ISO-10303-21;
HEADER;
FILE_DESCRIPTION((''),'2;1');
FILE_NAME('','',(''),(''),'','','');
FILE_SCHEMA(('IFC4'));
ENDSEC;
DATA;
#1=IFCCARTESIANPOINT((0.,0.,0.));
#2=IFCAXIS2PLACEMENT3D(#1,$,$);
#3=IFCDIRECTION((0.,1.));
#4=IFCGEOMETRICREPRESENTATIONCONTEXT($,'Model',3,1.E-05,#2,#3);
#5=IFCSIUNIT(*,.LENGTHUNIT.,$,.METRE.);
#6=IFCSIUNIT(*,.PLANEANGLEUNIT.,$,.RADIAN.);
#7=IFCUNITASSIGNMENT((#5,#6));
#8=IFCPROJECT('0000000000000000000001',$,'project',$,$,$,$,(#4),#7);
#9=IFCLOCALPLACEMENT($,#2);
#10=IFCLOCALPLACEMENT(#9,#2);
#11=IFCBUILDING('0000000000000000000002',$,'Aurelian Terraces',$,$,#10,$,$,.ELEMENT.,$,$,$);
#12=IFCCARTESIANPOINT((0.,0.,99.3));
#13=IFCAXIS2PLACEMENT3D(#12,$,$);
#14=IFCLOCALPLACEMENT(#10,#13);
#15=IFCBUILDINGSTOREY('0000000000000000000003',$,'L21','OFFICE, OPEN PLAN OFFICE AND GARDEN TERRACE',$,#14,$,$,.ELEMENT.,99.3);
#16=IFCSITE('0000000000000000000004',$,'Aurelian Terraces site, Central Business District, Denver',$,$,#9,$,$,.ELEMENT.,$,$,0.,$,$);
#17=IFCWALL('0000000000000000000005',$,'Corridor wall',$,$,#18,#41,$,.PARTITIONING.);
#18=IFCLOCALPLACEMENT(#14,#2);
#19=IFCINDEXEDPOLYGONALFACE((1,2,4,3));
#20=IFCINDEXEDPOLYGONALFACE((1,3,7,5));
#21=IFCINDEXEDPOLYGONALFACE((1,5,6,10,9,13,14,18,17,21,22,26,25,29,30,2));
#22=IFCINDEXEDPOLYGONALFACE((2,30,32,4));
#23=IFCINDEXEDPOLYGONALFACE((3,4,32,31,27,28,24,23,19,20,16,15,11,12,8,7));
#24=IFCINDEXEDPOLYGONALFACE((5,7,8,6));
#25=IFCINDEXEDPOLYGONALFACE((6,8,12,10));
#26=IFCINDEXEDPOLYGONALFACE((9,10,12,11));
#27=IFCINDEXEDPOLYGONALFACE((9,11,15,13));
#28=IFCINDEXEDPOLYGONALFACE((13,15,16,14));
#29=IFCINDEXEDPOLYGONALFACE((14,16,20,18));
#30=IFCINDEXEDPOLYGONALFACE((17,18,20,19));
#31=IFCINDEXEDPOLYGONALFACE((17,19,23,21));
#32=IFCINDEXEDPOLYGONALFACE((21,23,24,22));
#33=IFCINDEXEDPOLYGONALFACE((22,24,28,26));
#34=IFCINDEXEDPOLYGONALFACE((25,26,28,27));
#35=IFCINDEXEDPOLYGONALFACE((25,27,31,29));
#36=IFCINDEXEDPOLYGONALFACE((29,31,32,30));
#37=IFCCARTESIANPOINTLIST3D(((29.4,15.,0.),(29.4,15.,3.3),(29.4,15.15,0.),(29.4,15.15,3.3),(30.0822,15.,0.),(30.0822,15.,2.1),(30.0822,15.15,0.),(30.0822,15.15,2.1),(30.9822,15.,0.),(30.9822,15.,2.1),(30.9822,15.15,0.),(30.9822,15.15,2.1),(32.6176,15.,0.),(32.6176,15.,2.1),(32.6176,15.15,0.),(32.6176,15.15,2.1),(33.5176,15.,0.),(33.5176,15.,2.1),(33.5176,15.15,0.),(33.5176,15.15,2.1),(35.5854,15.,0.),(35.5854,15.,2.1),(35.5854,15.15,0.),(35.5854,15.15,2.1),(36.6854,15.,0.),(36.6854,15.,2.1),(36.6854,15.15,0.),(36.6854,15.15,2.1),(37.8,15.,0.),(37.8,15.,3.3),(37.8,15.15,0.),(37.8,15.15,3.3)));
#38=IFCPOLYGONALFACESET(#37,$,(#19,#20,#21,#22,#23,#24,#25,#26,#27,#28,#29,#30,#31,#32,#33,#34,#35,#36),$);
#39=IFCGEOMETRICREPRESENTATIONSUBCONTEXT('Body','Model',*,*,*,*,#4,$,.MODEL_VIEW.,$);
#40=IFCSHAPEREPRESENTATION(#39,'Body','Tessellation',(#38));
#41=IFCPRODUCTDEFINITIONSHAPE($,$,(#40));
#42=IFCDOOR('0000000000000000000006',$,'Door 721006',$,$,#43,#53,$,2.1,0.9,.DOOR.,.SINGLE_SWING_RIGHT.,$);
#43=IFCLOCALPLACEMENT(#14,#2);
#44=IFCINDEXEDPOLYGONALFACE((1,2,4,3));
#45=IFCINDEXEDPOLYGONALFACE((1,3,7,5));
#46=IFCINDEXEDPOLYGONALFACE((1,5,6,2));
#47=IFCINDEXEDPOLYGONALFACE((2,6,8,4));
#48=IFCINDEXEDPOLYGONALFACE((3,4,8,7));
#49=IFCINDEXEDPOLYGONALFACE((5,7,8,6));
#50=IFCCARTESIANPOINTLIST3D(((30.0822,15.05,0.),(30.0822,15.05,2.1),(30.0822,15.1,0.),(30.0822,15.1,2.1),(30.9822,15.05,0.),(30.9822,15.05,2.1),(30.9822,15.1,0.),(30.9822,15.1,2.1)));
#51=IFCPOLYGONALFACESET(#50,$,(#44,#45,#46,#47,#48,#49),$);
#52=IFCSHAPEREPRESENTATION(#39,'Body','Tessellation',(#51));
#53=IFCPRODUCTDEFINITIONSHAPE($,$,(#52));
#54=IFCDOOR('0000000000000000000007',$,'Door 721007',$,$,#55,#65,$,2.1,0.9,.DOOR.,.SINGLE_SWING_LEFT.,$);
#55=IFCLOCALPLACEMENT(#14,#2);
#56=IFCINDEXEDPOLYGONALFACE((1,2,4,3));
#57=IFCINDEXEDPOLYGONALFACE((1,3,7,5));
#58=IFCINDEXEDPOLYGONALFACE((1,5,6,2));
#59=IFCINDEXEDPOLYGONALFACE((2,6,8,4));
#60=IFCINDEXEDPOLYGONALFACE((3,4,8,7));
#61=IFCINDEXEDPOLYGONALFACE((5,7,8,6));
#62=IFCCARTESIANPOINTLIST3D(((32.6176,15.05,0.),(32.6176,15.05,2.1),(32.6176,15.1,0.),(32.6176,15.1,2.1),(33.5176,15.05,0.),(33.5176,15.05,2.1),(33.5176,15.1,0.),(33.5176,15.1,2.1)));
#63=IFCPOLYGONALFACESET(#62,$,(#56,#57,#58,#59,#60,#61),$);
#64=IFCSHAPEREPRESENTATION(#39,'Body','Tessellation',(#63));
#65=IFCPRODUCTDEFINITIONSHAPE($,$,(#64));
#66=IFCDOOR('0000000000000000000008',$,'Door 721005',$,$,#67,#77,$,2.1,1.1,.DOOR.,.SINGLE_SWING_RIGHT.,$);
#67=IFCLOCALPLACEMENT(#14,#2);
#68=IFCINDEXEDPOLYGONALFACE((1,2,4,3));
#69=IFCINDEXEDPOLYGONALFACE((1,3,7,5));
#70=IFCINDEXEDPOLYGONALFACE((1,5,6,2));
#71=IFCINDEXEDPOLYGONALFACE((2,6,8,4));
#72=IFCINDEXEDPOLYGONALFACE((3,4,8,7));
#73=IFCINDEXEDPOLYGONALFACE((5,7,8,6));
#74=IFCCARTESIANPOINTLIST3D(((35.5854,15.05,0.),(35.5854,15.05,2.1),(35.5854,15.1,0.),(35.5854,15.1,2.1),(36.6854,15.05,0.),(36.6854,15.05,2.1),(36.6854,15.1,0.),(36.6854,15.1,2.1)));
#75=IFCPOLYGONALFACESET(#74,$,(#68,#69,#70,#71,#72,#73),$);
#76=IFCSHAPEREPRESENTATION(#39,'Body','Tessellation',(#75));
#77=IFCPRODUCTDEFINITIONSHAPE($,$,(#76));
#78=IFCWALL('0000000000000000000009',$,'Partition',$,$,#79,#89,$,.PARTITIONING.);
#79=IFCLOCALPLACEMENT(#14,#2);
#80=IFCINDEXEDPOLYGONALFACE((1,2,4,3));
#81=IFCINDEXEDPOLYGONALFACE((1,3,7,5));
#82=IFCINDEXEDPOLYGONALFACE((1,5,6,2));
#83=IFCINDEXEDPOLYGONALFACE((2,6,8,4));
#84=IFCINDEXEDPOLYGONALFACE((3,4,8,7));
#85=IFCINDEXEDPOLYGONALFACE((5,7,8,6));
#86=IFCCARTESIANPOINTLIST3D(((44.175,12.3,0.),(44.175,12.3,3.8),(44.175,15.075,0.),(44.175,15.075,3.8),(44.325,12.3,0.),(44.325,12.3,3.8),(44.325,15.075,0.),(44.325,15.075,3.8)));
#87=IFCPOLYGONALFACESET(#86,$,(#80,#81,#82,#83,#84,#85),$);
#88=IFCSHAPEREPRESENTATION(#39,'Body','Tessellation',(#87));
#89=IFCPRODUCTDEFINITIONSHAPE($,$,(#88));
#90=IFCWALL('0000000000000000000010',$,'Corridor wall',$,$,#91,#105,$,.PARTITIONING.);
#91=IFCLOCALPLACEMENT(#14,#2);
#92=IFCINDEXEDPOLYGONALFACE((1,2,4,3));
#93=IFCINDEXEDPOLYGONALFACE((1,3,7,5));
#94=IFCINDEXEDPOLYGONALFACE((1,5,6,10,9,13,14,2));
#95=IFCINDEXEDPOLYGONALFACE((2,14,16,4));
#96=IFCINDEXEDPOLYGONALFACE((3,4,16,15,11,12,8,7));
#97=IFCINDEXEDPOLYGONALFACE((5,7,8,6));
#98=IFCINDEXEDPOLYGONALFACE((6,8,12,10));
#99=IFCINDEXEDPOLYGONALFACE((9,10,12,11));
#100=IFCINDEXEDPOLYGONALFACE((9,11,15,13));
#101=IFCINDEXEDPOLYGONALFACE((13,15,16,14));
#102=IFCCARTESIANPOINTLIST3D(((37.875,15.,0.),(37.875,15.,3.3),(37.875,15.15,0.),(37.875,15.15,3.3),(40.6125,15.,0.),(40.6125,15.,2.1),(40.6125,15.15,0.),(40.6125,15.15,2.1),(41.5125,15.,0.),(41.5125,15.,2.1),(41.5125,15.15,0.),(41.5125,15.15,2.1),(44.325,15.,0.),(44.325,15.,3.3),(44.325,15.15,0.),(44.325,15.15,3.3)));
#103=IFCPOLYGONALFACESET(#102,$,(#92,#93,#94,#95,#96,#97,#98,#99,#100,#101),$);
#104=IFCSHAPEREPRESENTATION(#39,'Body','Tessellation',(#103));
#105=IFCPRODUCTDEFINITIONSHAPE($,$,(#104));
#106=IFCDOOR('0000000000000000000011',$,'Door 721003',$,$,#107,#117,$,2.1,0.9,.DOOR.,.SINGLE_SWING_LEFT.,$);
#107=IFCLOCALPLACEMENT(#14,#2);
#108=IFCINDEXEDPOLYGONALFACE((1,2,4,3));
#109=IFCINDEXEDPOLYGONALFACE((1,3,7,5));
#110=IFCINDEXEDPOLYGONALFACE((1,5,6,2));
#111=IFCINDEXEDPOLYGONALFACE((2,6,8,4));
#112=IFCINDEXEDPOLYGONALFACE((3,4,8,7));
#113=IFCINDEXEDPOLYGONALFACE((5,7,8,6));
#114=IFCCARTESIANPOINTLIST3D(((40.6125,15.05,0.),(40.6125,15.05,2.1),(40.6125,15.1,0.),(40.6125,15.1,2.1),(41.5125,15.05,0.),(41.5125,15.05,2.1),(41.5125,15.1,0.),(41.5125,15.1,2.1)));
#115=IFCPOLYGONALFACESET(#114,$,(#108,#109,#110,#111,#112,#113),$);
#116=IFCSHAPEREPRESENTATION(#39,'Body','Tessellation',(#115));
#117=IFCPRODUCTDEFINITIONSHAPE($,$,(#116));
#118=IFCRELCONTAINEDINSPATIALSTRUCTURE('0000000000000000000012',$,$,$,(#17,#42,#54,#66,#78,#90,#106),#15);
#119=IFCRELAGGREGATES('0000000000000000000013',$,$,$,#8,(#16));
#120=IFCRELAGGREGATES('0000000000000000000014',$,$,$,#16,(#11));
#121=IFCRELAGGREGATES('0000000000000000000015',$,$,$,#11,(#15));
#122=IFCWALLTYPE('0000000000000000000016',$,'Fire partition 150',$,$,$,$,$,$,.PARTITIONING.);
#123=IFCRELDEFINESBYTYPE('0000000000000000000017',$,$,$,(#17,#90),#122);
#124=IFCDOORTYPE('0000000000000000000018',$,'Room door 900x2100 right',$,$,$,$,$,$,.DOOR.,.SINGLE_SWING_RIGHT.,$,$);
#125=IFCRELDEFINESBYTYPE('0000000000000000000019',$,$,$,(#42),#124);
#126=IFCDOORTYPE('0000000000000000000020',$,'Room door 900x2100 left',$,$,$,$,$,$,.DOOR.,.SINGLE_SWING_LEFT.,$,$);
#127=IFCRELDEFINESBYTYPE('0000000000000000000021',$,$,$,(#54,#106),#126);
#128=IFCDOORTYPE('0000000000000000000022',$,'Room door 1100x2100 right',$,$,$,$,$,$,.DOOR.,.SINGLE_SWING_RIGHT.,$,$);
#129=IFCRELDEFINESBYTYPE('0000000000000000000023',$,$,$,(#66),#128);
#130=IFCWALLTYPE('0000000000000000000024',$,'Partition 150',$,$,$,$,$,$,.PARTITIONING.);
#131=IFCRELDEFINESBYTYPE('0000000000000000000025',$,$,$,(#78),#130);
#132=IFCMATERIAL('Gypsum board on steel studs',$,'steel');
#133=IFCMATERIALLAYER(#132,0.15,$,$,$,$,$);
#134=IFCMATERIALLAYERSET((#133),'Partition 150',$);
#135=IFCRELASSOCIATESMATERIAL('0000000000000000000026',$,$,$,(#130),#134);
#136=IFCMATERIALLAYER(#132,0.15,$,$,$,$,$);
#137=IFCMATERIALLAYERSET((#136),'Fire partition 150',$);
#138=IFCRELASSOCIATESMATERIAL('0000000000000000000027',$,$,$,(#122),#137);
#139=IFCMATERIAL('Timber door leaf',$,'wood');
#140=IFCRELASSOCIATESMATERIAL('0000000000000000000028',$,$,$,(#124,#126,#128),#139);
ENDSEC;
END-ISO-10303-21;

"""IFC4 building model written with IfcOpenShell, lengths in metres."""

from ifc_helpers import new_model, si_unit, direction, frame, frame_2d, origin, place, context, subcontext, project, spatial, rectangle, extrude, source, transform, mapped, material, layer, layer_set, type_object, element, fill, save


model = new_model("IFC4")

# Units and contexts
model_context = context("Model", 3, precision=1e-05, world=origin(), true_north=direction((0.0, 1.0)))
body_context = subcontext(model_context, "Body", "Model", "MODEL_VIEW")
ifc_project = project(units=[si_unit("LENGTHUNIT", "METRE"), si_unit("PLANEANGLEUNIT", "RADIAN")], contexts=[model_context])

# Site, building, storey
site_placement = place(None, origin())
site = spatial("IfcSite", under=ifc_project, at=site_placement, Name="Aurelian Terraces site, Central Business District, Denver", CompositionType="ELEMENT", RefElevation=0.0)
building_placement = place(site_placement, origin())
building = spatial("IfcBuilding", under=site, at=building_placement, Name="Aurelian Terraces", CompositionType="ELEMENT")
storey_placement = place(building_placement, frame((0.0, 0.0, 99.3)))
storey = spatial("IfcBuildingStorey", under=building, at=storey_placement, Name="L21", Description="OFFICE, OPEN PLAN OFFICE AND GARDEN TERRACE", CompositionType="ELEMENT", Elevation=99.3)

# Shared definitions
ifc_material_1 = material(Name="Gypsum board on steel studs", Category="steel")
ifc_layer_1 = layer(ifc_material_1, 0.15)
ifc_layer_set_1 = layer_set([ifc_layer_1], Name="Partition 150")
wall_type_1 = type_object("IfcWallType", Name="Partition 150", PredefinedType="PARTITIONING", material=ifc_layer_set_1)

# Wall, openings, doors
ifc_layer_2 = layer(ifc_material_1, 0.15)
ifc_layer_set_2 = layer_set([ifc_layer_2], Name="Fire partition 150")
wall_type_2 = type_object("IfcWallType", Name="Fire partition 150", PredefinedType="PARTITIONING", material=ifc_layer_set_2)
shared_shape_1 = source(origin(), body_context, "Body", "SweptSolid", [
    extrude(rectangle(XDim=8.4, YDim=0.15, at=frame_2d((4.2, 0.0))), origin(), (0.0, 0.0, 1.0), 3.3),
])
wall_1_placement = place(storey_placement, frame((37.8, 15.075, 0.0), z_axis=(0.0, 0.0, 1.0), x_axis=(-1.0, 0.0, 0.0)))
wall_1 = element("IfcWall", 1, at=wall_1_placement, inside=storey, type_object=wall_type_2, Name="Corridor wall", PredefinedType="PARTITIONING", context=body_context, shape_type="MappedRepresentation", body=[
    mapped(shared_shape_1, transform((0.0, 0.0, 0.0), scale=1.0)),
])
shared_shape_2 = source(origin(), body_context, "Body", "SweptSolid", [
    extrude(rectangle(XDim=1.1, YDim=2.1, at=frame_2d((0.55, 1.05))), frame((0.0, 0.085, 0.0), z_axis=(0.0, -1.0, 0.0), x_axis=(1.0, 0.0, 0.0)), (0.0, 0.0, 1.0), 0.17),
])
opening_1_placement = place(wall_1_placement, frame((1.1146, 0.0, 0.0)))
opening_1 = element("IfcOpeningElement", 2, at=opening_1_placement, cuts=wall_1, PredefinedType="OPENING", context=body_context, shape_type="MappedRepresentation", body=[
    mapped(shared_shape_2, transform((0.0, 0.0, 0.0), scale=1.0)),
])
shared_shape_3 = source(origin(), body_context, "Body", "SweptSolid", [
    extrude(rectangle(XDim=0.9, YDim=2.1, at=frame_2d((0.45, 1.05))), frame((0.0, 0.085, 0.0), z_axis=(0.0, -1.0, 0.0), x_axis=(1.0, 0.0, 0.0)), (0.0, 0.0, 1.0), 0.17),
])
opening_2_placement = place(wall_1_placement, frame((6.8178, 0.0, 0.0)))
opening_2 = element("IfcOpeningElement", 3, at=opening_2_placement, cuts=wall_1, PredefinedType="OPENING", context=body_context, shape_type="MappedRepresentation", body=[
    mapped(shared_shape_3, transform((0.0, 0.0, 0.0), scale=1.0)),
])
opening_3_placement = place(wall_1_placement, frame((4.2824, 0.0, 0.0)))
opening_3 = element("IfcOpeningElement", 4, at=opening_3_placement, cuts=wall_1, PredefinedType="OPENING", context=body_context, shape_type="MappedRepresentation", body=[
    mapped(shared_shape_3, transform((0.0, 0.0, 0.0), scale=1.0)),
])
ifc_material_2 = material(Name="Timber door leaf", Category="wood")
door_type_1 = type_object("IfcDoorType", Name="Room door 900x2100 right", OperationType="SINGLE_SWING_RIGHT", PredefinedType="DOOR", material=ifc_material_2)
shared_shape_4 = source(origin(), body_context, "Body", "SweptSolid", [
    extrude(rectangle(XDim=0.9, YDim=2.1, at=frame_2d((0.45, 1.05))), frame((0.0, 0.025, 0.0), z_axis=(0.0, -1.0, 0.0), x_axis=(1.0, 0.0, 0.0)), (0.0, 0.0, 1.0), 0.05),
])
door_1_placement = place(opening_2_placement, origin())
door_1 = element("IfcDoor", 5, at=door_1_placement, inside=storey, type_object=door_type_1, Name="Door 721006", OperationType="SINGLE_SWING_RIGHT", OverallHeight=2.1, OverallWidth=0.9, PredefinedType="DOOR", context=body_context, shape_type="MappedRepresentation", body=[
    mapped(shared_shape_4, transform((0.0, 0.0, 0.0), scale=1.0)),
])
fill(opening_2, door_1)
door_type_2 = type_object("IfcDoorType", Name="Room door 900x2100 left", OperationType="SINGLE_SWING_LEFT", PredefinedType="DOOR", material=ifc_material_2)
door_2_placement = place(opening_3_placement, origin())
door_2 = element("IfcDoor", 6, at=door_2_placement, inside=storey, type_object=door_type_2, Name="Door 721007", OperationType="SINGLE_SWING_LEFT", OverallHeight=2.1, OverallWidth=0.9, PredefinedType="DOOR", context=body_context, shape_type="MappedRepresentation", body=[
    mapped(shared_shape_4, transform((0.0, 0.0, 0.0), scale=1.0)),
])
fill(opening_3, door_2)
door_type_3 = type_object("IfcDoorType", Name="Room door 1100x2100 right", OperationType="SINGLE_SWING_RIGHT", PredefinedType="DOOR", material=ifc_material_2)
shared_shape_5 = source(origin(), body_context, "Body", "SweptSolid", [
    extrude(rectangle(XDim=1.1, YDim=2.1, at=frame_2d((0.55, 1.05))), frame((0.0, 0.025, 0.0), z_axis=(0.0, -1.0, 0.0), x_axis=(1.0, 0.0, 0.0)), (0.0, 0.0, 1.0), 0.05),
])
door_3_placement = place(opening_1_placement, origin())
door_3 = element("IfcDoor", 7, at=door_3_placement, inside=storey, type_object=door_type_3, Name="Door 721005", OperationType="SINGLE_SWING_RIGHT", OverallHeight=2.1, OverallWidth=1.1, PredefinedType="DOOR", context=body_context, shape_type="MappedRepresentation", body=[
    mapped(shared_shape_5, transform((0.0, 0.0, 0.0), scale=1.0)),
])
fill(opening_1, door_3)

# Wall
shared_shape_6 = source(origin(), body_context, "Body", "SweptSolid", [
    extrude(rectangle(XDim=2.775, YDim=0.15, at=frame_2d((1.3875, 0.0))), origin(), (0.0, 0.0, 1.0), 3.8),
])
wall_2_placement = place(storey_placement, frame((44.25, 12.3, 0.0), z_axis=(0.0, 0.0, 1.0), x_axis=(0.0, 1.0, 0.0)))
element("IfcWall", 8, at=wall_2_placement, inside=storey, type_object=wall_type_1, Name="Partition", PredefinedType="PARTITIONING", context=body_context, shape_type="MappedRepresentation", body=[
    mapped(shared_shape_6, transform((0.0, 0.0, 0.0), scale=1.0)),
])

# Wall, opening, door
shared_shape_7 = source(origin(), body_context, "Body", "SweptSolid", [
    extrude(rectangle(XDim=6.45, YDim=0.15, at=frame_2d((3.225, 0.0))), origin(), (0.0, 0.0, 1.0), 3.3),
])
wall_3_placement = place(storey_placement, frame((44.325, 15.075, 0.0), z_axis=(0.0, 0.0, 1.0), x_axis=(-1.0, 0.0, 0.0)))
wall_3 = element("IfcWall", 9, at=wall_3_placement, inside=storey, type_object=wall_type_2, Name="Corridor wall", PredefinedType="PARTITIONING", context=body_context, shape_type="MappedRepresentation", body=[
    mapped(shared_shape_7, transform((0.0, 0.0, 0.0), scale=1.0)),
])
opening_4_placement = place(wall_3_placement, frame((2.8125, 0.0, 0.0)))
opening_4 = element("IfcOpeningElement", 10, at=opening_4_placement, cuts=wall_3, PredefinedType="OPENING", context=body_context, shape_type="MappedRepresentation", body=[
    mapped(shared_shape_3, transform((0.0, 0.0, 0.0), scale=1.0)),
])
door_4_placement = place(opening_4_placement, origin())
door_4 = element("IfcDoor", 11, at=door_4_placement, inside=storey, type_object=door_type_2, Name="Door 721003", OperationType="SINGLE_SWING_LEFT", OverallHeight=2.1, OverallWidth=0.9, PredefinedType="DOOR", context=body_context, shape_type="MappedRepresentation", body=[
    mapped(shared_shape_4, transform((0.0, 0.0, 0.0), scale=1.0)),
])
fill(opening_4, door_4)

save(model, "model.ifc")
